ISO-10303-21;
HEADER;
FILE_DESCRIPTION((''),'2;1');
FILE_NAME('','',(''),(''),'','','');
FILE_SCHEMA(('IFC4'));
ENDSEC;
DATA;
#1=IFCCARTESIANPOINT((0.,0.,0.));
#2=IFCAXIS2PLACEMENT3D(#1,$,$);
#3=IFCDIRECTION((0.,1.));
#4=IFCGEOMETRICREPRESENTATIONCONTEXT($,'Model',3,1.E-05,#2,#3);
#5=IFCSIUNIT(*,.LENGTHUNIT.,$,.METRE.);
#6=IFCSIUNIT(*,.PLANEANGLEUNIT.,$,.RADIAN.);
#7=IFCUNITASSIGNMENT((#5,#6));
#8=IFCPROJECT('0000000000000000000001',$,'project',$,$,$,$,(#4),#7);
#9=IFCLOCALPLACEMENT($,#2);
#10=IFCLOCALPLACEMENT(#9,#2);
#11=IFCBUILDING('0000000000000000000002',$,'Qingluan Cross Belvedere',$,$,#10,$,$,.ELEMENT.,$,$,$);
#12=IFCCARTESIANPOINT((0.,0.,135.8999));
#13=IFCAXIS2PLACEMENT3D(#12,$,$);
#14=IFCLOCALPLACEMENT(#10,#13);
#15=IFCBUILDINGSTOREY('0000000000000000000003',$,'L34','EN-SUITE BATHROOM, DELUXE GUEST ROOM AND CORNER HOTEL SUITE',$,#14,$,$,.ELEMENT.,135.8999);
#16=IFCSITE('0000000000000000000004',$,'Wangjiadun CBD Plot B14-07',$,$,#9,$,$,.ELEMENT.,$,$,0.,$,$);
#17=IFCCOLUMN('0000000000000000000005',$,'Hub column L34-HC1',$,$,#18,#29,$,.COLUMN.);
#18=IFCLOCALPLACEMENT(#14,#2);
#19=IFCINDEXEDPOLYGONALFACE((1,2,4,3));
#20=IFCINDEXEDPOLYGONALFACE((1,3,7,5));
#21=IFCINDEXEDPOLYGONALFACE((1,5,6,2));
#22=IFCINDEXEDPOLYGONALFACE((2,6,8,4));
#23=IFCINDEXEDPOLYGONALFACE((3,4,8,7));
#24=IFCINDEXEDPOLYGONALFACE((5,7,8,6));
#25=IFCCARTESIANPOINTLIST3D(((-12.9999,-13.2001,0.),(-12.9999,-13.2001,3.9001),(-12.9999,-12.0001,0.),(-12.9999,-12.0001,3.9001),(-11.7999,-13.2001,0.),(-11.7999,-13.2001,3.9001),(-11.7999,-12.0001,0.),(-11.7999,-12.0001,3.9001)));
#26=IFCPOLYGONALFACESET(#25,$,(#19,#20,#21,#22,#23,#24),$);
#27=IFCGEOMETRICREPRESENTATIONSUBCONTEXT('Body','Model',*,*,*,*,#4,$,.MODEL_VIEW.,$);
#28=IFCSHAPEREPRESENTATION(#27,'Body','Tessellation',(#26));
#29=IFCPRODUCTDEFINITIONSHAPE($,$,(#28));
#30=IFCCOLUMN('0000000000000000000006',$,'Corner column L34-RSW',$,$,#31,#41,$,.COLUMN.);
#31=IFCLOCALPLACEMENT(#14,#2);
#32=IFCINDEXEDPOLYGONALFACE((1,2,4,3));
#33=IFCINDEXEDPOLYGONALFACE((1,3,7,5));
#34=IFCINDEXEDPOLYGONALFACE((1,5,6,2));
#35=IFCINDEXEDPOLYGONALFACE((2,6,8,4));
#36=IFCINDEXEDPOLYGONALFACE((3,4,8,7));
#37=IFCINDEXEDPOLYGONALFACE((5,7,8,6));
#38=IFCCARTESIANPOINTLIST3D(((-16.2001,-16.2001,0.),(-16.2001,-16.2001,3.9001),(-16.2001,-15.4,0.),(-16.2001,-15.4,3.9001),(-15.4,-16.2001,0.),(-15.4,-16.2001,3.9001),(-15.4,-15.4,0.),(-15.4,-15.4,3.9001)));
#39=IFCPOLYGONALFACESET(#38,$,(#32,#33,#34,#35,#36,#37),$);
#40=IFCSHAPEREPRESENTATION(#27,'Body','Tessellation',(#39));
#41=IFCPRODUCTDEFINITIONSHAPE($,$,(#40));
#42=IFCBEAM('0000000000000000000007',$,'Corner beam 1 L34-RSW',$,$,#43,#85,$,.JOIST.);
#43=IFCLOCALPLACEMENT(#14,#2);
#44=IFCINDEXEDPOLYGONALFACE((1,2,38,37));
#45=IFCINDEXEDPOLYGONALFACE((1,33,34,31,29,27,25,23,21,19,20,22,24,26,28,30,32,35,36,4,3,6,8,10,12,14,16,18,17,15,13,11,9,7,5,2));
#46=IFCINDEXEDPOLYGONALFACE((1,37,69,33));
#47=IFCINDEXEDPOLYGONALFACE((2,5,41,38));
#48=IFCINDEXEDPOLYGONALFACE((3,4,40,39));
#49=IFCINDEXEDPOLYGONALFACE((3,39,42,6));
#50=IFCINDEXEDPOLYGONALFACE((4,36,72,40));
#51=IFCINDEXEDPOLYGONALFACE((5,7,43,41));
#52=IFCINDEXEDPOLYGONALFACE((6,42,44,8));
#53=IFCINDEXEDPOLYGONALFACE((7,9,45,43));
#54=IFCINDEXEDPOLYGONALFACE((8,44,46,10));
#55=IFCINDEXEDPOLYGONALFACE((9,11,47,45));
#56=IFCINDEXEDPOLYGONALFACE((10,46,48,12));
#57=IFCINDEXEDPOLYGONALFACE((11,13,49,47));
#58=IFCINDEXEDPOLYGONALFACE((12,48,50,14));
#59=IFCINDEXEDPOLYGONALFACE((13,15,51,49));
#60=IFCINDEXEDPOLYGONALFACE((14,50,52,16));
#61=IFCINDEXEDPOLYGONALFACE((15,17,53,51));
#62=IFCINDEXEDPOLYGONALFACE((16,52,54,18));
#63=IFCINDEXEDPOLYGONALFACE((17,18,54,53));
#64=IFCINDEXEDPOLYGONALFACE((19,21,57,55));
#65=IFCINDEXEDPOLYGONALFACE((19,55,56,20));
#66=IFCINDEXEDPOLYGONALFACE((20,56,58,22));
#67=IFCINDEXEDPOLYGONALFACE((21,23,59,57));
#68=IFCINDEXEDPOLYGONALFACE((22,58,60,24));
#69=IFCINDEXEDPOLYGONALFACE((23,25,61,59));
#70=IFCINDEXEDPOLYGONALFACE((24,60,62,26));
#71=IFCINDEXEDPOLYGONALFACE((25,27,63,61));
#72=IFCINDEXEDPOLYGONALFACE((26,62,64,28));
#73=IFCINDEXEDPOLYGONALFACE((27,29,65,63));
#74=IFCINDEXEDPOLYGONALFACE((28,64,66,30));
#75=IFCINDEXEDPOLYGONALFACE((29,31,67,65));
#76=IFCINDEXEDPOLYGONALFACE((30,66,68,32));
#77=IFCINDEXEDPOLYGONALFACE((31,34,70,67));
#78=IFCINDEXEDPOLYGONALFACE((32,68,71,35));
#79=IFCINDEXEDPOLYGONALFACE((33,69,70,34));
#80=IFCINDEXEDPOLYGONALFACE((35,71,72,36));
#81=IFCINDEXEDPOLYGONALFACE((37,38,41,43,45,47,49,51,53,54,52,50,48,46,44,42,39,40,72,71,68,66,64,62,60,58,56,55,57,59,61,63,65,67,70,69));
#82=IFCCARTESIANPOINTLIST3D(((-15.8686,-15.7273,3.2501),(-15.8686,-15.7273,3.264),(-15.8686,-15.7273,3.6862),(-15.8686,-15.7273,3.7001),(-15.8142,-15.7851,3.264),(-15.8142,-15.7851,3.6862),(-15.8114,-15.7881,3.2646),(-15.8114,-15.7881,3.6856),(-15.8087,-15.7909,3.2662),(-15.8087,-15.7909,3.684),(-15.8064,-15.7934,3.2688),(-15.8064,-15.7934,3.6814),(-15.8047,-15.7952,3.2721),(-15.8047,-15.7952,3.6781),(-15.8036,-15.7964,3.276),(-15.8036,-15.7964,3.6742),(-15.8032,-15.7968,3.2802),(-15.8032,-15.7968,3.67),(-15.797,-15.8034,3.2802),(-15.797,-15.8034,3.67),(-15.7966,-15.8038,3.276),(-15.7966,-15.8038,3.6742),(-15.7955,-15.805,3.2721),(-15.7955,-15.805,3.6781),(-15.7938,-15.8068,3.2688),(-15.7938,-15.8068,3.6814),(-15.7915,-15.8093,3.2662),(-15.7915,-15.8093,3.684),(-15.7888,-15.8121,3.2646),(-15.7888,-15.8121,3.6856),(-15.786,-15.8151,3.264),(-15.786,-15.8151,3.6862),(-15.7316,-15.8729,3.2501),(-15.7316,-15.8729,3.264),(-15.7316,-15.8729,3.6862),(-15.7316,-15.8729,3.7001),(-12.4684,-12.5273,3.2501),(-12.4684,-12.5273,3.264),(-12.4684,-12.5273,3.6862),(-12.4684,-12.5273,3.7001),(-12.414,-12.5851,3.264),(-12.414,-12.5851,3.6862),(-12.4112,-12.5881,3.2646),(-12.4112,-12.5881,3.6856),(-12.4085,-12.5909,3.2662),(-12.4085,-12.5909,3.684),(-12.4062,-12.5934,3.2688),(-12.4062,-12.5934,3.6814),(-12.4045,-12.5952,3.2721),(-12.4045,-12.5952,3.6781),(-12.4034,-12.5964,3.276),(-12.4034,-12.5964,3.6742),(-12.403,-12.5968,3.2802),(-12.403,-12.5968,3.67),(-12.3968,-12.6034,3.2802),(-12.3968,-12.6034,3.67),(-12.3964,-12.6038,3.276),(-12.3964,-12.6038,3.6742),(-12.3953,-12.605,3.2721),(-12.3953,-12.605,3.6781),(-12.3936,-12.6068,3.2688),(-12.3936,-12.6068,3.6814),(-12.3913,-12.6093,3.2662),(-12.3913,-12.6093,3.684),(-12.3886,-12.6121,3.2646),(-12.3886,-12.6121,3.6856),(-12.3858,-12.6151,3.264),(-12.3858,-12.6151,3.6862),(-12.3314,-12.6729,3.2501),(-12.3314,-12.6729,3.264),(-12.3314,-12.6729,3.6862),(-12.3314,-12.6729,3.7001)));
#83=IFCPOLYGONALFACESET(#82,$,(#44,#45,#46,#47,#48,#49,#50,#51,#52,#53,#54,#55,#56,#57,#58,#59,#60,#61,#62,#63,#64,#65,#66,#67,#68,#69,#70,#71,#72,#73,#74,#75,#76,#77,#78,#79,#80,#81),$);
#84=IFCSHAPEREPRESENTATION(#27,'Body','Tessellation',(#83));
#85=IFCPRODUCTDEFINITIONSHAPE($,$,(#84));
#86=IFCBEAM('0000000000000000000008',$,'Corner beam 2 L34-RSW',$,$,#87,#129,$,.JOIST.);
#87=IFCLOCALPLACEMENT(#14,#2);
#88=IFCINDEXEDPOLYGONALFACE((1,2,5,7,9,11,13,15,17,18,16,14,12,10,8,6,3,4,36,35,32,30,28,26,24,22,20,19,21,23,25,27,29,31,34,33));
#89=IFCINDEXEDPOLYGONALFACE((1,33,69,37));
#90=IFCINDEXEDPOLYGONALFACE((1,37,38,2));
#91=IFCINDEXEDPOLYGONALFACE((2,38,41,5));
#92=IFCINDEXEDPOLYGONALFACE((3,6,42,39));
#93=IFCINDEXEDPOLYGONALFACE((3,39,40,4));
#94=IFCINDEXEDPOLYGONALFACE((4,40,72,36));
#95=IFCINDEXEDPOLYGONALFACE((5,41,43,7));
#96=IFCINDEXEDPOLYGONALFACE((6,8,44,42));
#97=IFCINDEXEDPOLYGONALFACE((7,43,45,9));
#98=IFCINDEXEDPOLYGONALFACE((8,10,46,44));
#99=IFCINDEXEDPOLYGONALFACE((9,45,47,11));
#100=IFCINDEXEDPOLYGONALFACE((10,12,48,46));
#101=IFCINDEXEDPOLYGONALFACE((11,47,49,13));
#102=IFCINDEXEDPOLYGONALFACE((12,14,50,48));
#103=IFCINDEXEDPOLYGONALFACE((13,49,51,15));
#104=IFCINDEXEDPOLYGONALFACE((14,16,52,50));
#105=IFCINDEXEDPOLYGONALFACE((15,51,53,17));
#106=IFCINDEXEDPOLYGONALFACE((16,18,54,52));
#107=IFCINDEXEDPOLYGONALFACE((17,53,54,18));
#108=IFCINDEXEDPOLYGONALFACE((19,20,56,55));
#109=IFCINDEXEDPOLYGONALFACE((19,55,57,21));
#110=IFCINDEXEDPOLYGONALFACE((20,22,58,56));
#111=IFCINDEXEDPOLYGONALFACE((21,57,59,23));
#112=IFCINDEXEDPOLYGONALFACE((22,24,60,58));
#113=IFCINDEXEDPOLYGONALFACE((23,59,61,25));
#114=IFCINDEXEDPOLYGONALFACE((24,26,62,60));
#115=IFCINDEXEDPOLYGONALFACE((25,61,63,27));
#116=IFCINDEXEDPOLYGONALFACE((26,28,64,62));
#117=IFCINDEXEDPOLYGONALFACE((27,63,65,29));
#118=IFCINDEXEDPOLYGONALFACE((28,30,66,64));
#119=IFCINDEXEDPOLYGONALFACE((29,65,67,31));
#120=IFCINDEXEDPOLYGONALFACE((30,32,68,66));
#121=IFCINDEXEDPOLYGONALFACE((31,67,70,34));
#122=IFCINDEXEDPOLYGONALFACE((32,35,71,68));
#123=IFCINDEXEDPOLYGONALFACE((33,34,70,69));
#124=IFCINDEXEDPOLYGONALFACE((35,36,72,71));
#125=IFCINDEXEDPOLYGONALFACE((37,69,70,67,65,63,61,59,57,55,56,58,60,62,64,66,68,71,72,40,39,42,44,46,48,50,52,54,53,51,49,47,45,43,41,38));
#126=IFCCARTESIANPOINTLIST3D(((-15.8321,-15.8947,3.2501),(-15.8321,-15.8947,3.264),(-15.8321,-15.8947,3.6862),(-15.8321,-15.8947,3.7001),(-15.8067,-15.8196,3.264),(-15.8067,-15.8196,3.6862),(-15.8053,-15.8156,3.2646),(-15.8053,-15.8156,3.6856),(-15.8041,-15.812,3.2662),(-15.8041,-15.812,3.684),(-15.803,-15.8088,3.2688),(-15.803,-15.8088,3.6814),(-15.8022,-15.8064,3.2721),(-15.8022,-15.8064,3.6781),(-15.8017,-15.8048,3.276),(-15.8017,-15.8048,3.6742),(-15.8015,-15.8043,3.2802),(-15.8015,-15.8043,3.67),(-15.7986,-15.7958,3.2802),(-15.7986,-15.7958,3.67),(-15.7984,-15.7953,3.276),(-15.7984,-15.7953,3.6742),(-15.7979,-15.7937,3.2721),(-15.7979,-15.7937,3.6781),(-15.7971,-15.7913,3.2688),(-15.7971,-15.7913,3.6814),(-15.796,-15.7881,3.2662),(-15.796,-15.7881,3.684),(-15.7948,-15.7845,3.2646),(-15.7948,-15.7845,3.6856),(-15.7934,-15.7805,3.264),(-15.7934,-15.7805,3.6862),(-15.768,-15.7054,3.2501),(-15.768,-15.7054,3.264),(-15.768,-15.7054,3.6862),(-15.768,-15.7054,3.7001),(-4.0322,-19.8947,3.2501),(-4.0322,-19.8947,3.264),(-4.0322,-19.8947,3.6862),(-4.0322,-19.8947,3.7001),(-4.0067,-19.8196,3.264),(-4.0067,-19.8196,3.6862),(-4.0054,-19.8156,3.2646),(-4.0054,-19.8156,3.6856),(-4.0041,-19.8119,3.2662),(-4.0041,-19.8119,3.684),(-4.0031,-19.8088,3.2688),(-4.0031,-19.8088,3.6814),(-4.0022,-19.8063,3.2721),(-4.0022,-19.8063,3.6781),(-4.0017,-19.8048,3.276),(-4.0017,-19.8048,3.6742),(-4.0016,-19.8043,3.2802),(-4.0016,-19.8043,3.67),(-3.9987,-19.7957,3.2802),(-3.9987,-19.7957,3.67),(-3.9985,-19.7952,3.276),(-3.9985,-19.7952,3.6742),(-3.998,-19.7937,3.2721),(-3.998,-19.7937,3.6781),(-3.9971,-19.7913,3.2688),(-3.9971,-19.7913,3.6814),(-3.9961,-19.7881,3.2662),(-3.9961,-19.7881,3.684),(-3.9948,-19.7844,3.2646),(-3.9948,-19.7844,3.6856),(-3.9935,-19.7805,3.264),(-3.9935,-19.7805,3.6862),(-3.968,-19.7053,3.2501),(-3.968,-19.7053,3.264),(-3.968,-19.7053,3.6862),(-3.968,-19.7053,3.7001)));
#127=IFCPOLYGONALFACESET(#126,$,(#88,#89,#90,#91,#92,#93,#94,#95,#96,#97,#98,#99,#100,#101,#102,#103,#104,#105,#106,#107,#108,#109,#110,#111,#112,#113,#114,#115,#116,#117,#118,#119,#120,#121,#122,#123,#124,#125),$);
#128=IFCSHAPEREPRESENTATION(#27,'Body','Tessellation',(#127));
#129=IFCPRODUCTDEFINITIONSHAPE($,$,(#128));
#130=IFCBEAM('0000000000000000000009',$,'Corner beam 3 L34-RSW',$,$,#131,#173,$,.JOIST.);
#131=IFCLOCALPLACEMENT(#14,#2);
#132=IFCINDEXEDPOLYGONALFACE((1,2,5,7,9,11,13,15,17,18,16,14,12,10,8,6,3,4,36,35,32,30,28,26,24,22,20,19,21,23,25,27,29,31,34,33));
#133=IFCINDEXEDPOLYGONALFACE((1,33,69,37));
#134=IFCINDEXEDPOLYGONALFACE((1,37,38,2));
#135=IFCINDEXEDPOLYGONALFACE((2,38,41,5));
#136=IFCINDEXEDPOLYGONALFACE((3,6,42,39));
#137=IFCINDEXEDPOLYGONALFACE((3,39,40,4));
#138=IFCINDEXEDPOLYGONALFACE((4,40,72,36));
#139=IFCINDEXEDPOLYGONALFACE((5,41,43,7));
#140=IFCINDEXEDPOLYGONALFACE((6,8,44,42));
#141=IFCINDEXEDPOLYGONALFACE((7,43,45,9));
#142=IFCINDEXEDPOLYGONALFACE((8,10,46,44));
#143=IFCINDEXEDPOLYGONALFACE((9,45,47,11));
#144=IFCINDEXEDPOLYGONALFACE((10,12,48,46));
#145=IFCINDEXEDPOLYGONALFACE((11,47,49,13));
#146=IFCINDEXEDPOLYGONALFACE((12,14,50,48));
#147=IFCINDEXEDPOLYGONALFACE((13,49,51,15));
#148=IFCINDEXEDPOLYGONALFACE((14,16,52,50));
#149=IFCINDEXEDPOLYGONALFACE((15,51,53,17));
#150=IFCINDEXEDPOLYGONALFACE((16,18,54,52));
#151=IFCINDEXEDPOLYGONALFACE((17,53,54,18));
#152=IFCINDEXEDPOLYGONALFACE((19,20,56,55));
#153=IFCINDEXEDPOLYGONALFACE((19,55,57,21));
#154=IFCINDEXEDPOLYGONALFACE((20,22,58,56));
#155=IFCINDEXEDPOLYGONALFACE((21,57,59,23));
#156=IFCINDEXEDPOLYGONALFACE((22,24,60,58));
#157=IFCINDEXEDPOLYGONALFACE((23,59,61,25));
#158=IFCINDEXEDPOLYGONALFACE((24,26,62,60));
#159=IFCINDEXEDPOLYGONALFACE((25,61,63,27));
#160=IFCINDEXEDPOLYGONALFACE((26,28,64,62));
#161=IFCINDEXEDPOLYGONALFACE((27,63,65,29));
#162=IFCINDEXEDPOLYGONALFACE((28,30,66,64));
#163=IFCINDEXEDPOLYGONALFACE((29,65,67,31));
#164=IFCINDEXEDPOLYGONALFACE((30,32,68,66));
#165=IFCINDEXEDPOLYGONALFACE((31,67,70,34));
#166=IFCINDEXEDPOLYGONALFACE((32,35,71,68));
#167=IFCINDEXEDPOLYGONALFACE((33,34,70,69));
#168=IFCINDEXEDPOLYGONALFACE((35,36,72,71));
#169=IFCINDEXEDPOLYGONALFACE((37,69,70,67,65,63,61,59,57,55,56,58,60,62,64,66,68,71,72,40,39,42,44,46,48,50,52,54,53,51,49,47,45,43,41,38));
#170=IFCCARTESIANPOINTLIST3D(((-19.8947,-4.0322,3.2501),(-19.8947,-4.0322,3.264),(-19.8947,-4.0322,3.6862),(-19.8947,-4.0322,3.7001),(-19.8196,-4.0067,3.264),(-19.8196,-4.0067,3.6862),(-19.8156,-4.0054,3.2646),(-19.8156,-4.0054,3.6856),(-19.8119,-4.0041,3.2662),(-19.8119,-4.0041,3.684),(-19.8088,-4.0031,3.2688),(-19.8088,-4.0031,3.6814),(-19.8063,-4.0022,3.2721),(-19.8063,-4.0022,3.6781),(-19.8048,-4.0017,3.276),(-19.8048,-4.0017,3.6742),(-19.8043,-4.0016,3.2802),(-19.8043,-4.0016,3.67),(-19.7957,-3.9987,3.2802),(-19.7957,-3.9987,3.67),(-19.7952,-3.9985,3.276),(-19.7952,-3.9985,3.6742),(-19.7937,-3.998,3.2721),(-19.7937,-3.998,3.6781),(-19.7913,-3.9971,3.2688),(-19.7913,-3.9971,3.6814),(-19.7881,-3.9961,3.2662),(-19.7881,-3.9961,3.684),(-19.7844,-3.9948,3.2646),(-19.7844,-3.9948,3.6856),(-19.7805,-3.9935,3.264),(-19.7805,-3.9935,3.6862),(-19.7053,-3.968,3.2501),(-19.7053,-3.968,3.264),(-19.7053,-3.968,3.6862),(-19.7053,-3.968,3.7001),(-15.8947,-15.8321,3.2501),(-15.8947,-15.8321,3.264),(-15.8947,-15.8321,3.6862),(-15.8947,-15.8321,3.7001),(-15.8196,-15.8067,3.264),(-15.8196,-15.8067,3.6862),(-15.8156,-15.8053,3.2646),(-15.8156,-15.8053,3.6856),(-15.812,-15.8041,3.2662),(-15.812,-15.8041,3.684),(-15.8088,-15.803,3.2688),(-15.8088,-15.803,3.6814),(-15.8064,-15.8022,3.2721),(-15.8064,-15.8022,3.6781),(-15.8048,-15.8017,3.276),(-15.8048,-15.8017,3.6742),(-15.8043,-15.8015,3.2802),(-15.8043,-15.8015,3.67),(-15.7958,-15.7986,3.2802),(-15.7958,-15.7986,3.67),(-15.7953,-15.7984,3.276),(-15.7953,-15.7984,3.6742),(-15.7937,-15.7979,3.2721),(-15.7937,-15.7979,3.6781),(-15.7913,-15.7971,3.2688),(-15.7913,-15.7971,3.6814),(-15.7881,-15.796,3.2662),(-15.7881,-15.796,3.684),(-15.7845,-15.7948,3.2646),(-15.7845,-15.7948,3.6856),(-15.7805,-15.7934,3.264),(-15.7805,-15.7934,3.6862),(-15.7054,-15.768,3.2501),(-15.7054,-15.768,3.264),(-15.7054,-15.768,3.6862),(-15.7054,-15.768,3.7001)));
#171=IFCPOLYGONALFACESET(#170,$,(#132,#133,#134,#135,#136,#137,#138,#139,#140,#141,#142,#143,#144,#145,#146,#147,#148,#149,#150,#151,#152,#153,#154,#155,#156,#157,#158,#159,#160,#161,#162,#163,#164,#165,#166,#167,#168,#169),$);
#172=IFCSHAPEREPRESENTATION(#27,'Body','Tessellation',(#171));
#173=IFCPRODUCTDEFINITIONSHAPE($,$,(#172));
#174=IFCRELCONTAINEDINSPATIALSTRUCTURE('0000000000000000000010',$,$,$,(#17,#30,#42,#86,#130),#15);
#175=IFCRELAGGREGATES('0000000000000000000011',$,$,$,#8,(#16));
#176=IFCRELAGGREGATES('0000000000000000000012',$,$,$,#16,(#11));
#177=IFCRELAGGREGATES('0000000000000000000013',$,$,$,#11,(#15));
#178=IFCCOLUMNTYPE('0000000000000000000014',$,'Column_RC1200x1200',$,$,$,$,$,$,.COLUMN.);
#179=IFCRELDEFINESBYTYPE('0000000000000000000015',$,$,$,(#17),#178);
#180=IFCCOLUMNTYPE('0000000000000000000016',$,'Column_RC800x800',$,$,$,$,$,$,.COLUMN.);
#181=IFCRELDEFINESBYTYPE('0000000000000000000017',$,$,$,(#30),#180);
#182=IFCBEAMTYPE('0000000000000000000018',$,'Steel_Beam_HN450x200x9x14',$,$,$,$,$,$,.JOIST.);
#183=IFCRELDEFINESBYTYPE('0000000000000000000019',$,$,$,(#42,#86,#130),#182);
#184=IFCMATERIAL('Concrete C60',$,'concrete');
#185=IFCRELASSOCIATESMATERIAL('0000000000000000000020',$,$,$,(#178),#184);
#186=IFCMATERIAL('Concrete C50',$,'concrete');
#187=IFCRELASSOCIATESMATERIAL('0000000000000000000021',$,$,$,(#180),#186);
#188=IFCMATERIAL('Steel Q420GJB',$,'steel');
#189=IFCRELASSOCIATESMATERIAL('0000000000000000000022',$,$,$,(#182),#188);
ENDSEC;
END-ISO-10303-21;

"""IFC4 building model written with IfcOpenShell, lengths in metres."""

from ifc_helpers import new_model, si_unit, direction, frame, origin, origin_2d, place, context, subcontext, project, spatial, rectangle, i_section, extrude, material, material_profile, profile_set, type_object, element, save


model = new_model("IFC4")

# Units and contexts
model_context = context("Model", 3, precision=1e-05, world=origin(), true_north=direction((0.0, 1.0)))
body_context = subcontext(model_context, "Body", "Model", "MODEL_VIEW")
ifc_project = project(units=[si_unit("LENGTHUNIT", "METRE"), si_unit("PLANEANGLEUNIT", "RADIAN")], contexts=[model_context])

# Site, building, storey
site_placement = place(None, origin())
site = spatial("IfcSite", under=ifc_project, at=site_placement, Name="Wangjiadun CBD Plot B14-07", CompositionType="ELEMENT", RefElevation=0.0)
building_placement = place(site_placement, origin())
building = spatial("IfcBuilding", under=site, at=building_placement, Name="Qingluan Cross Belvedere", CompositionType="ELEMENT")
storey_placement = place(building_placement, frame((0.0, 0.0, 135.8999)))
storey = spatial("IfcBuildingStorey", under=building, at=storey_placement, Name="L34", Description="EN-SUITE BATHROOM, DELUXE GUEST ROOM AND CORNER HOTEL SUITE", CompositionType="ELEMENT", Elevation=135.8999)

# Columns
ifc_material_1 = material(Name="Concrete C60", Category="concrete")
ifc_material_profile_1 = material_profile(ifc_material_1, rectangle(XDim=1.2, YDim=1.2, at=origin_2d()), Name="RC1200x1200")
ifc_profile_set_1 = profile_set([ifc_material_profile_1], Name="Concrete C60")
column_type_1 = type_object("IfcColumnType", Name="Column_RC1200x1200", PredefinedType="COLUMN", material=ifc_profile_set_1)
column_1_placement = place(storey_placement, frame((-12.3999, -12.6001, 0.0), z_axis=(0.0, 0.0, 1.0), x_axis=(1.0, 0.0, 0.0)))
element("IfcColumn", 1, at=column_1_placement, inside=storey, type_object=column_type_1, Name="Hub column L34-HC1", PredefinedType="COLUMN", context=body_context, shape_type="SweptSolid", body=[
    extrude(rectangle(XDim=1.2, YDim=1.2, at=origin_2d()), origin(), (0.0, 0.0, 1.0), 3.9001),
])
ifc_material_2 = material(Name="Concrete C50", Category="concrete")
ifc_material_profile_2 = material_profile(ifc_material_2, rectangle(XDim=0.8, YDim=0.8, at=origin_2d()), Name="RC800x800")
ifc_profile_set_2 = profile_set([ifc_material_profile_2], Name="Concrete C50")
column_type_2 = type_object("IfcColumnType", Name="Column_RC800x800", PredefinedType="COLUMN", material=ifc_profile_set_2)
column_2_placement = place(storey_placement, frame((-15.8, -15.8, 0.0), z_axis=(0.0, 0.0, 1.0), x_axis=(1.0, 0.0, 0.0)))
element("IfcColumn", 2, at=column_2_placement, inside=storey, type_object=column_type_2, Name="Corner column L34-RSW", PredefinedType="COLUMN", context=body_context, shape_type="SweptSolid", body=[
    extrude(rectangle(XDim=0.8, YDim=0.8, at=origin_2d()), origin(), (0.0, 0.0, 1.0), 3.9001),
])

# Beams
ifc_material_3 = material(Name="Steel Q420GJB", Category="steel")
ifc_material_profile_3 = material_profile(ifc_material_3, i_section(OverallWidth=0.2, OverallDepth=0.45, WebThickness=0.009, FlangeThickness=0.0139, FilletRadius=0.0161, at=origin_2d()), Name="HN450x200x9x14")
ifc_profile_set_3 = profile_set([ifc_material_profile_3], Name="Steel Q420GJB")
beam_type_1 = type_object("IfcBeamType", Name="Steel_Beam_HN450x200x9x14", PredefinedType="JOIST", material=ifc_profile_set_3)
beam_1_placement = place(storey_placement, frame((-12.3999, -12.6001, 3.4751), z_axis=(-0.72822, -0.685343, 0.0), x_axis=(0.685343, -0.72822, 0.0)))
element("IfcBeam", 3, at=beam_1_placement, inside=storey, type_object=beam_type_1, Name="Corner beam 1 L34-RSW", PredefinedType="JOIST", context=body_context, shape_type="SweptSolid", body=[
    extrude(i_section(OverallWidth=0.2, OverallDepth=0.45, WebThickness=0.009, FlangeThickness=0.0139, FilletRadius=0.0161, at=origin_2d()), origin(), (0.0, 0.0, 1.0), 4.6692),
])
for number, where, z_axis, x_axis, name in (
    (4, (-15.8, -15.8, 3.4751), (0.947066, -0.321038, 0.0), (0.321038, 0.947066, 0.0), "Corner beam 2 L34-RSW"),
    (5, (-15.8, -15.8, 3.4751), (-0.321038, 0.947066, 0.0), (-0.947066, -0.321038, 0.0), "Corner beam 3 L34-RSW"),
):
    element("IfcBeam", number, at=place(storey_placement, frame(where, z_axis=z_axis, x_axis=x_axis)), inside=storey, type_object=beam_type_1, Name=name, PredefinedType="JOIST", context=body_context, shape_type="SweptSolid", body=[
        extrude(i_section(OverallWidth=0.2, OverallDepth=0.45, WebThickness=0.009, FlangeThickness=0.0139, FilletRadius=0.0161, at=origin_2d()), origin(), (0.0, 0.0, 1.0), 12.4595),
    ])

save(model, "model.ifc")
